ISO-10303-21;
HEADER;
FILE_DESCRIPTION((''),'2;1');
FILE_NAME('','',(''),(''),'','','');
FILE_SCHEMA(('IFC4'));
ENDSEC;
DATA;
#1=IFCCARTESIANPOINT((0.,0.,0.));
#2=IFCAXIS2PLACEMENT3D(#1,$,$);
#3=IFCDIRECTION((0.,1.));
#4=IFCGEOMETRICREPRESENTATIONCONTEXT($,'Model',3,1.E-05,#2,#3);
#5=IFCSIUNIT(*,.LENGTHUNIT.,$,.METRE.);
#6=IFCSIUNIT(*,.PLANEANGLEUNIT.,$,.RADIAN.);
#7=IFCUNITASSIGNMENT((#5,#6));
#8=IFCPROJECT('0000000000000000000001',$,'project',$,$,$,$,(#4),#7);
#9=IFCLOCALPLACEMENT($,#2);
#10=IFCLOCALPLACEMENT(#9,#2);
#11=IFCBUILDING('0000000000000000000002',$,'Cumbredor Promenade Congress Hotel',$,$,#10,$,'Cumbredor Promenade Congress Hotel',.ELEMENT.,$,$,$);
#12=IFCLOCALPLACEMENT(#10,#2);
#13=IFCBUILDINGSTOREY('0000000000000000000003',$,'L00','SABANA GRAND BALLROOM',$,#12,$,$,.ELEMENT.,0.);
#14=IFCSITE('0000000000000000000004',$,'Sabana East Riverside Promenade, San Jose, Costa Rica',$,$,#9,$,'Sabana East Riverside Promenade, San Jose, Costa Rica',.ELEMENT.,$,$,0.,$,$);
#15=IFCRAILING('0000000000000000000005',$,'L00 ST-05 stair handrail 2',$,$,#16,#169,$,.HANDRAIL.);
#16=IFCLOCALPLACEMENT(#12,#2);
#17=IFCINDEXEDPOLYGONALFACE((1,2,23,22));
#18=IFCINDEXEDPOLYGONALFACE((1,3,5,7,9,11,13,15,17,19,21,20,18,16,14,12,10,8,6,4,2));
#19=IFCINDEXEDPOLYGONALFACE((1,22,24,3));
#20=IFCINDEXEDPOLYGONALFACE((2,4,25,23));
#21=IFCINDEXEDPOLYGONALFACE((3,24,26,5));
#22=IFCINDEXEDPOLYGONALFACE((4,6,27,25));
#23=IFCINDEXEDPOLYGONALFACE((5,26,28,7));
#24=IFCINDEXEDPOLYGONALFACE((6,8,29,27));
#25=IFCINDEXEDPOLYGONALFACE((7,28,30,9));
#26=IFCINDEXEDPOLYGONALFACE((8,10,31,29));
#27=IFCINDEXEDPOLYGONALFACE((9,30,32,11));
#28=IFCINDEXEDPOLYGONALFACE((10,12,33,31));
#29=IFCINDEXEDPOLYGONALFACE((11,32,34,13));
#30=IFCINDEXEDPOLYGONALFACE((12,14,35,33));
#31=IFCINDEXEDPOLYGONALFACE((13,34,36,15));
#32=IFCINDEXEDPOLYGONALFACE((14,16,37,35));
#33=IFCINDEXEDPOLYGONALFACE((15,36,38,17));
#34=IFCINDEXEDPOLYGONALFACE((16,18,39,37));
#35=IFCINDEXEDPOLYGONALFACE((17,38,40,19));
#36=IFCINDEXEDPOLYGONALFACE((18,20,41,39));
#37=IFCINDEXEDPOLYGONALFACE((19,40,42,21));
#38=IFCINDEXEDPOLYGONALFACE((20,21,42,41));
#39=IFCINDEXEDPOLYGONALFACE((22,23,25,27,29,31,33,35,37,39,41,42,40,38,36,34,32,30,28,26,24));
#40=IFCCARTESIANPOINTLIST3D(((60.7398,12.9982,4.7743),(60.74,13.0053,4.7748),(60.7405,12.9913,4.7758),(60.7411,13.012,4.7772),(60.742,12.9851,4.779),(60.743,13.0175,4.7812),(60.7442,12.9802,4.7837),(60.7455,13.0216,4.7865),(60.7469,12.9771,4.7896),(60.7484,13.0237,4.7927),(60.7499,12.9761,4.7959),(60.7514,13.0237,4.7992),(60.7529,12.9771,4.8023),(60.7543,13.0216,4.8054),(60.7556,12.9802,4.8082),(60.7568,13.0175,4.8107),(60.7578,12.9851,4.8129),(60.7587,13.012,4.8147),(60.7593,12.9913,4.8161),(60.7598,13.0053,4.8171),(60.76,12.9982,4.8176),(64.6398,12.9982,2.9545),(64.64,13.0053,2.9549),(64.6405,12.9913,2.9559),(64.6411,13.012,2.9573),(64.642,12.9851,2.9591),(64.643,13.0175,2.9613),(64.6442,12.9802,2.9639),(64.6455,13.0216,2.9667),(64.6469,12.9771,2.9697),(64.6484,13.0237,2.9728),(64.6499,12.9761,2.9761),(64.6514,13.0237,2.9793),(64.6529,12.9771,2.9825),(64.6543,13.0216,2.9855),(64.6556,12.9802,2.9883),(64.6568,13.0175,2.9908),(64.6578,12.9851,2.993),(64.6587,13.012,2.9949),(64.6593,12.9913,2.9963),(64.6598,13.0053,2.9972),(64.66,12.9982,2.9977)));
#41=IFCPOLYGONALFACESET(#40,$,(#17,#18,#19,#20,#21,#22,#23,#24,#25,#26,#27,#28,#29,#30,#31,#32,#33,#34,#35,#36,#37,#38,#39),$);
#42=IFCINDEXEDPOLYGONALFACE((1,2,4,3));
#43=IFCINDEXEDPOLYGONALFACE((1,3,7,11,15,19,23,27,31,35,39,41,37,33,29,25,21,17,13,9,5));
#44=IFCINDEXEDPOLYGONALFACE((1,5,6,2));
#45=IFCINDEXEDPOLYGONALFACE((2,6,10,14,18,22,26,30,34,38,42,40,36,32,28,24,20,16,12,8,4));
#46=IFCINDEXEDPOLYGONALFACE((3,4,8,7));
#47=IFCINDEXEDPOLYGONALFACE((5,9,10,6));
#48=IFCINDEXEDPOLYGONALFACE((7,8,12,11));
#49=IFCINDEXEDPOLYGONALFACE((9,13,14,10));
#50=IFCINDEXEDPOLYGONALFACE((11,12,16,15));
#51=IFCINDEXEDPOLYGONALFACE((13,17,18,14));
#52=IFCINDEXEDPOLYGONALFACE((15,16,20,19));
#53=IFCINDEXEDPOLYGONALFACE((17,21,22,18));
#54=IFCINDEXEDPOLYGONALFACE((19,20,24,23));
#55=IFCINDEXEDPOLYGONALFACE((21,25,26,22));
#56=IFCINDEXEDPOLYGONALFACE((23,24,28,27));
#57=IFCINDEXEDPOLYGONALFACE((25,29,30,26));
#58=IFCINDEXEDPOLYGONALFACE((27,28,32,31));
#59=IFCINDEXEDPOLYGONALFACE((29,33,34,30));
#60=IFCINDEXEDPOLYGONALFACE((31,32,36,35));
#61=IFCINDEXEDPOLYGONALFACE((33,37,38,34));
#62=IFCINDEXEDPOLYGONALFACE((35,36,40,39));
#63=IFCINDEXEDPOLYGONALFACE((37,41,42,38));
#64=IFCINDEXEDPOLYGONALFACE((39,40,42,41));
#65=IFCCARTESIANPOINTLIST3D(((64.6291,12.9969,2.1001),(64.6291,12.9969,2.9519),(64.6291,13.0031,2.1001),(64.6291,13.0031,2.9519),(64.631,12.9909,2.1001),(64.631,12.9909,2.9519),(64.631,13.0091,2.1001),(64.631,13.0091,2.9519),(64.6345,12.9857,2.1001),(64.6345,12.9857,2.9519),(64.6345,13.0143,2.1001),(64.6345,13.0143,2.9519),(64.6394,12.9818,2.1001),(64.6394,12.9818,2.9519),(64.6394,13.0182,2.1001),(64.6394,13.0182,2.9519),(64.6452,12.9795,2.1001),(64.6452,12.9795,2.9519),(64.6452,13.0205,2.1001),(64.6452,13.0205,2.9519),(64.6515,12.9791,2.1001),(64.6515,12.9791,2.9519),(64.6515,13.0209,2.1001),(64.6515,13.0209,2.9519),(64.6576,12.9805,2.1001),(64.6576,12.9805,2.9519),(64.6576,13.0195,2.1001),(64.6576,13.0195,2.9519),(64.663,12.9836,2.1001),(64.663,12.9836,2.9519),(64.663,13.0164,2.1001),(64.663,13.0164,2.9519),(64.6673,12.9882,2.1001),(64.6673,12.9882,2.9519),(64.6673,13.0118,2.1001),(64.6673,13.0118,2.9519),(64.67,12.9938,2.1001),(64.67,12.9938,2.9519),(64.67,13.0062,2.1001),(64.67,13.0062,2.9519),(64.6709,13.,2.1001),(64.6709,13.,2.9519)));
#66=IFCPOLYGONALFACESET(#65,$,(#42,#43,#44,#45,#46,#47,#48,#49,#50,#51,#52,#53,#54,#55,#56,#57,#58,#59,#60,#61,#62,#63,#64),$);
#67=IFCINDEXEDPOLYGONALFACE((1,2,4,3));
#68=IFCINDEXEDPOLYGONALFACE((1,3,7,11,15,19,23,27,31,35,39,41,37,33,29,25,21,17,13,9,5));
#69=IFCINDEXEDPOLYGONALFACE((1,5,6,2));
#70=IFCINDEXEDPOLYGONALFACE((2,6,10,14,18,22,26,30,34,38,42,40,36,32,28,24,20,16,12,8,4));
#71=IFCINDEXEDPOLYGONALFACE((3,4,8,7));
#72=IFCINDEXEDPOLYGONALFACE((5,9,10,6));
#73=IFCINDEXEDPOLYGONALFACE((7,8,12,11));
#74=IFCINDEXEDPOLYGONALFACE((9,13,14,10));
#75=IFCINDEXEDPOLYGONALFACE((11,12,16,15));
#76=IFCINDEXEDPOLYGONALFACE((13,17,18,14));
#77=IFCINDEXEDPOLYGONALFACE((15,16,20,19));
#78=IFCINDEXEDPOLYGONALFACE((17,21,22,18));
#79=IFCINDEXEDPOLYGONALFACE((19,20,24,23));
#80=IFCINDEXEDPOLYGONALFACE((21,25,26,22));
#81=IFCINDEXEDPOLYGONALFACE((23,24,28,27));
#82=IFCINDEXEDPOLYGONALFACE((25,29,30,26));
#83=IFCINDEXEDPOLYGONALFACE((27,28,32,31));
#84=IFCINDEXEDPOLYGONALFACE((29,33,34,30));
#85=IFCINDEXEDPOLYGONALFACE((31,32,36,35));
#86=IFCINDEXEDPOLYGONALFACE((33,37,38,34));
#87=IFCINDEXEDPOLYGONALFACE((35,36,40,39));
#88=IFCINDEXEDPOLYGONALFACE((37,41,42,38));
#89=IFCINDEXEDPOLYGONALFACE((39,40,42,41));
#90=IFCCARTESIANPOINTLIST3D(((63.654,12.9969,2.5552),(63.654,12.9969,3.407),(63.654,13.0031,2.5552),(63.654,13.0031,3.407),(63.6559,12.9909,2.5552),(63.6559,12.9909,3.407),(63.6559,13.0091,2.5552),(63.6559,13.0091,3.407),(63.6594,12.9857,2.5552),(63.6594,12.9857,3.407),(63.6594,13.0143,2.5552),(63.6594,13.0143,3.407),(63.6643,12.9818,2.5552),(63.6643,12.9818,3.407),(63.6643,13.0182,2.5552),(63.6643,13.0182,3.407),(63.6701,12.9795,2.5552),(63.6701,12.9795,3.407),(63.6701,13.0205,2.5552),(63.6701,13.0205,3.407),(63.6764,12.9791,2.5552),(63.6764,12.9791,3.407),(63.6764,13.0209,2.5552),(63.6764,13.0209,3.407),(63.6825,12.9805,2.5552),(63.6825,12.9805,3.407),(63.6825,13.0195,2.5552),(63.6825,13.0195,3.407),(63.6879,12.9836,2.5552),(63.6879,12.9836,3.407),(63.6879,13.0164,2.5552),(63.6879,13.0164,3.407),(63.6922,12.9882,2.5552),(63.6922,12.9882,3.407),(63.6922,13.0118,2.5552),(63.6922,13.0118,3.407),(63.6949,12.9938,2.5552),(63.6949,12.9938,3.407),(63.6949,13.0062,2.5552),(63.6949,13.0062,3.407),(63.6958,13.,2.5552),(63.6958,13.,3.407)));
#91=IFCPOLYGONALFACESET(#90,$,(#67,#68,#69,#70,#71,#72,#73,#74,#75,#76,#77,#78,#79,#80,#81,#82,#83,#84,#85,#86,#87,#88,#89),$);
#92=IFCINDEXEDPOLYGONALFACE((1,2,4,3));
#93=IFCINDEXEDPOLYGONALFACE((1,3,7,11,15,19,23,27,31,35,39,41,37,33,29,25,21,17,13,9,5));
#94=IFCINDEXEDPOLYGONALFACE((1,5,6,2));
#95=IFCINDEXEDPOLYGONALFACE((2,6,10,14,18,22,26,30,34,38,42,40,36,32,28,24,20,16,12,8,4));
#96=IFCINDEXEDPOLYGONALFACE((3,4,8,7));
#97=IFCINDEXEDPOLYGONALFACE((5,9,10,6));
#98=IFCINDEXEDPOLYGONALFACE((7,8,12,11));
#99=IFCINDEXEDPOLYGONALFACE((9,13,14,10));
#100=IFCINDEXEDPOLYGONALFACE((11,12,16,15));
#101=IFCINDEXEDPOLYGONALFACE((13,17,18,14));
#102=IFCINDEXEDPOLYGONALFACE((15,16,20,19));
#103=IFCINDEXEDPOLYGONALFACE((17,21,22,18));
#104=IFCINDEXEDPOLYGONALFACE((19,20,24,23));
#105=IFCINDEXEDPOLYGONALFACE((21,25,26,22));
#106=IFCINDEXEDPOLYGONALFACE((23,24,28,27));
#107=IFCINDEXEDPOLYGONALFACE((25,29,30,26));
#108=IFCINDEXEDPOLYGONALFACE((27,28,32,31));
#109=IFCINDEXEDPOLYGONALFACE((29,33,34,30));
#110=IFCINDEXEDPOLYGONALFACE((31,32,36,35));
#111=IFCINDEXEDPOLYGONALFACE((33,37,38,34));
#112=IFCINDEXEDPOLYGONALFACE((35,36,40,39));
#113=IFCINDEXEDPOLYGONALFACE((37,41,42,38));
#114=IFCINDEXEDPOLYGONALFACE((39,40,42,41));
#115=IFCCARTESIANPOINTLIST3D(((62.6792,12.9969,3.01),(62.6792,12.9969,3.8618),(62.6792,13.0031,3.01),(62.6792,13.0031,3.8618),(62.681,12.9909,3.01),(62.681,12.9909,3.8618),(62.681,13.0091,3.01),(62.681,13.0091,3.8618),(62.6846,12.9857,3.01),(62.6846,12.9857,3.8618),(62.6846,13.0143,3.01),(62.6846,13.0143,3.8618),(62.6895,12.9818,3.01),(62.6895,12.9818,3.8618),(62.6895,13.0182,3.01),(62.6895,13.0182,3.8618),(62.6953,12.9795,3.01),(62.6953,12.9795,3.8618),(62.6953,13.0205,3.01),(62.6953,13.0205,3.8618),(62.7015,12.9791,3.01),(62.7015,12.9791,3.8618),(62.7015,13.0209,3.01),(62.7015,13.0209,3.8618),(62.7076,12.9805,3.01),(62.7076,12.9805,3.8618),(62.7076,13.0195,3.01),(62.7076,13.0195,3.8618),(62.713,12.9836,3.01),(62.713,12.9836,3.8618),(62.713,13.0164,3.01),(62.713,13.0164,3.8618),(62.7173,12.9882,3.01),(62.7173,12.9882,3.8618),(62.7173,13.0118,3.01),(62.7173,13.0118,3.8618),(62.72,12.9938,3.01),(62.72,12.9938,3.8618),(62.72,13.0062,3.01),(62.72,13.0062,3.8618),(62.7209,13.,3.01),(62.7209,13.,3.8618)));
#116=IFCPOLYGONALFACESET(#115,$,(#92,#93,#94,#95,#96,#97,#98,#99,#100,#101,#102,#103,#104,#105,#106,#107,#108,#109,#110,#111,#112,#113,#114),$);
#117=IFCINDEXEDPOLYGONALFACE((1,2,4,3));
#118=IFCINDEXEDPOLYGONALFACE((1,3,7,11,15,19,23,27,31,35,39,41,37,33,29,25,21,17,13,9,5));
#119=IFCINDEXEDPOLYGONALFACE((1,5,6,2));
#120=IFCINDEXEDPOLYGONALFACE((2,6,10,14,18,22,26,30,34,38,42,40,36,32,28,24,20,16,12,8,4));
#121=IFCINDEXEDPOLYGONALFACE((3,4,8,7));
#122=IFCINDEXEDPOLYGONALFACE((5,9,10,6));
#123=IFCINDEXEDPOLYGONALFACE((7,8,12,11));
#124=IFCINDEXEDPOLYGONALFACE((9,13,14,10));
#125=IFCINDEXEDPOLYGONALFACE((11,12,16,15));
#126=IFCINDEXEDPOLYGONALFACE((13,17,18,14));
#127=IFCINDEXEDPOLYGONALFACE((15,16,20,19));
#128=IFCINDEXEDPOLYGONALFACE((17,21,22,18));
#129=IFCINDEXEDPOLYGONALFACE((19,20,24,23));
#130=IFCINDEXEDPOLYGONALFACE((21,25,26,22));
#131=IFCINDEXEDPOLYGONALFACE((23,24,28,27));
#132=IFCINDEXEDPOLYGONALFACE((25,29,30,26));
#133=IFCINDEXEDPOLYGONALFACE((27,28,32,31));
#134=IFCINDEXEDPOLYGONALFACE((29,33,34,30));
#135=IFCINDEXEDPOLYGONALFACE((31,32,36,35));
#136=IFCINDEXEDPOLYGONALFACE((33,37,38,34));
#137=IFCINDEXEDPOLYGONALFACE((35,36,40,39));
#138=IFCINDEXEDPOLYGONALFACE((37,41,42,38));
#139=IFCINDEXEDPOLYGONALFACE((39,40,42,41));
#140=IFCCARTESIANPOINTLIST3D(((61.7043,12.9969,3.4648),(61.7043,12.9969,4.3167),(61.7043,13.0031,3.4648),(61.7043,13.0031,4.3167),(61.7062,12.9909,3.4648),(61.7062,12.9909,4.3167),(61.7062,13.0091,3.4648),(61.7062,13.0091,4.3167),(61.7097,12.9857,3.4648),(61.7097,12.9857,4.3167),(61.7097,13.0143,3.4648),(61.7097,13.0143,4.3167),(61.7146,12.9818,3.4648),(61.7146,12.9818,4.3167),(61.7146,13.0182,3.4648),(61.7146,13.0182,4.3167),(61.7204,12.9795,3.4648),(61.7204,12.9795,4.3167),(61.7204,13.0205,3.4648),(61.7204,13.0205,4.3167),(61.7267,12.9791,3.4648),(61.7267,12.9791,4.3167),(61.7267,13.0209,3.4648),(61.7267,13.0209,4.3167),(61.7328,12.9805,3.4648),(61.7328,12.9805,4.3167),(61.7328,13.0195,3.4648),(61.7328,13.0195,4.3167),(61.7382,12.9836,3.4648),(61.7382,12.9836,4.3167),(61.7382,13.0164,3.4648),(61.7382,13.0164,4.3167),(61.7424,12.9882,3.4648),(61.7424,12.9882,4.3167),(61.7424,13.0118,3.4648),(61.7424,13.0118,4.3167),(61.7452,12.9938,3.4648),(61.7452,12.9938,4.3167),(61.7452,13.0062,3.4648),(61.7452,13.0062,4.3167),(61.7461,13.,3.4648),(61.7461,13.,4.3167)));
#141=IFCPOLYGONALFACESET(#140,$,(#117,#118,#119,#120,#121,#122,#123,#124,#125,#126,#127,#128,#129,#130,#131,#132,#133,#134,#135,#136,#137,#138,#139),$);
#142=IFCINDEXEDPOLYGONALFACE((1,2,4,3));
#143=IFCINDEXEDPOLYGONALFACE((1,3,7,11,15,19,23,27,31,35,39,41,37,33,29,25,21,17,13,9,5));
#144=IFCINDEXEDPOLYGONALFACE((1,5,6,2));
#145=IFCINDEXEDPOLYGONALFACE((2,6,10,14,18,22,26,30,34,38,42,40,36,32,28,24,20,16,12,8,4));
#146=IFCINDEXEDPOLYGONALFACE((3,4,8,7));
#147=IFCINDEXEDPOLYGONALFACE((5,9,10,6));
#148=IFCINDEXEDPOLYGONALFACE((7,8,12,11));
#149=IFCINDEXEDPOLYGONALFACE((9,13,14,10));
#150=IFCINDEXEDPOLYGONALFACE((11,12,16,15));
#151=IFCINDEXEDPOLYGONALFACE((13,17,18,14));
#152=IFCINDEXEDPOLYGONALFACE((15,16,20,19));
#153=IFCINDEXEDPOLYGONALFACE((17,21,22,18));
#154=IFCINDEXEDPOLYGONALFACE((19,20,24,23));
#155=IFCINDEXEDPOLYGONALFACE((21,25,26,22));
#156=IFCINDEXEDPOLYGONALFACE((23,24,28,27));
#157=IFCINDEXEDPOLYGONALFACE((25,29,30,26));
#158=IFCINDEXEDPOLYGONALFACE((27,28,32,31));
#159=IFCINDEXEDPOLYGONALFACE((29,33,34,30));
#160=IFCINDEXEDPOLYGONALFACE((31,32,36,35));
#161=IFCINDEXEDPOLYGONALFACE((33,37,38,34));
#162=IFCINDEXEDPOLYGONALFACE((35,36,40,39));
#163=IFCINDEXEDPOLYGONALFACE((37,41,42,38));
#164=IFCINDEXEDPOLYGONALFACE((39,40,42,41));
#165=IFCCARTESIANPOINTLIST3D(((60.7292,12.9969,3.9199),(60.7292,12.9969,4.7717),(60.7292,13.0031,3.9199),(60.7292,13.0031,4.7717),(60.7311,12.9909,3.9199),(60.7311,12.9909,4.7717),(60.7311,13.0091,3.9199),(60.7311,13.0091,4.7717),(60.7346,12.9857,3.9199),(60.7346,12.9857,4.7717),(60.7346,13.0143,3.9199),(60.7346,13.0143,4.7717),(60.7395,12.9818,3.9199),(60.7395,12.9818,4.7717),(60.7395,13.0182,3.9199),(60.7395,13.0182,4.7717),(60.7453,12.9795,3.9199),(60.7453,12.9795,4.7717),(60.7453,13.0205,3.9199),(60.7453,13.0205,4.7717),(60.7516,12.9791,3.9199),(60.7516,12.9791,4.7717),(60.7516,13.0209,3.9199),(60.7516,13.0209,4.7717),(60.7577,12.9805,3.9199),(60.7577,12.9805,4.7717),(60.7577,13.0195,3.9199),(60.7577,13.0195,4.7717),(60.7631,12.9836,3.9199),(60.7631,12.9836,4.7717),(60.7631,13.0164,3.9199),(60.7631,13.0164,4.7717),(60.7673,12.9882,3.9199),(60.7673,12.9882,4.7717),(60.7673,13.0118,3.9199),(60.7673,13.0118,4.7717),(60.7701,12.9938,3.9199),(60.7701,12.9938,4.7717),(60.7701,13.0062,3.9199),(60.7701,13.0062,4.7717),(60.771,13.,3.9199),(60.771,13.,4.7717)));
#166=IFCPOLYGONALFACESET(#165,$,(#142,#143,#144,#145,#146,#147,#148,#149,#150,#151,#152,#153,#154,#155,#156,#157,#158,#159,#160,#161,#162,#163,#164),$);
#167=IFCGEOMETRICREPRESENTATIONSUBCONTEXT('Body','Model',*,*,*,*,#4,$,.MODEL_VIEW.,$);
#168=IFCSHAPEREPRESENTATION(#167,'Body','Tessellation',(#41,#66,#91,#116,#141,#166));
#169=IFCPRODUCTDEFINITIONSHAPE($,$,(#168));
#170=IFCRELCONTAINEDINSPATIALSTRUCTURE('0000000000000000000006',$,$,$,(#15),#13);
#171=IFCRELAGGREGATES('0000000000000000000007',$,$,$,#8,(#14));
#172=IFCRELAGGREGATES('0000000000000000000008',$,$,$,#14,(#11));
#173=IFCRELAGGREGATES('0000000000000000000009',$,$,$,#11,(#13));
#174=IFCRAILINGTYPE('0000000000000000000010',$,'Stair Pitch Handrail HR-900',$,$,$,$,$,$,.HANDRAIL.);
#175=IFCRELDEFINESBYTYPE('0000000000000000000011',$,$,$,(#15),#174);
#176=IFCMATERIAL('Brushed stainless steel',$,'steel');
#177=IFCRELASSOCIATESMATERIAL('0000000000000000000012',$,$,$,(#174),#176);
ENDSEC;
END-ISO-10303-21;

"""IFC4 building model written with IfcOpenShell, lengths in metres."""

from ifc_helpers import new_model, si_unit, direction, frame, origin, origin_2d, place, context, subcontext, project, spatial, circle, extrude, material, type_object, element, save


model = new_model("IFC4")

# Units and contexts
model_context = context("Model", 3, precision=1e-05, world=origin(), true_north=direction((0.0, 1.0)))
body_context = subcontext(model_context, "Body", "Model", "MODEL_VIEW")
ifc_project = project(units=[si_unit("LENGTHUNIT", "METRE"), si_unit("PLANEANGLEUNIT", "RADIAN")], contexts=[model_context])

# Site, building, storey
site_placement = place(None, origin())
site = spatial("IfcSite", under=ifc_project, at=site_placement, Name="Sabana East Riverside Promenade, San Jose, Costa Rica", LongName="Sabana East Riverside Promenade, San Jose, Costa Rica", CompositionType="ELEMENT", RefElevation=0.0)
building_placement = place(site_placement, origin())
building = spatial("IfcBuilding", under=site, at=building_placement, Name="Cumbredor Promenade Congress Hotel", LongName="Cumbredor Promenade Congress Hotel", CompositionType="ELEMENT")
storey_placement = place(building_placement, origin())
storey = spatial("IfcBuildingStorey", under=building, at=storey_placement, Name="L00", Description="SABANA GRAND BALLROOM", CompositionType="ELEMENT", Elevation=0.0)

# Railing
ifc_material_1 = material(Name="Brushed stainless steel", Category="steel")
railing_type_1 = type_object("IfcRailingType", Name="Stair Pitch Handrail HR-900", PredefinedType="HANDRAIL", material=ifc_material_1)
railing_1_placement = place(storey_placement, frame((64.6499, 13.0, 2.1001)))
element("IfcRailing", 1, at=railing_1_placement, inside=storey, type_object=railing_type_1, Name="L00 ST-05 stair handrail 2", PredefinedType="HANDRAIL", context=body_context, shape_type="SweptSolid", body=[
    extrude(circle(Radius=0.0239, at=origin_2d()), frame((0.0, 0.0, 0.876), z_axis=(-0.906195, 0.0, 0.422861), x_axis=(0.0, -1.0, 0.0)), (0.0, 0.0, 1.0), 4.3037),
    extrude(circle(Radius=0.021, at=origin_2d()), origin(), (0.0, 0.0, 1.0), 0.8518),
    extrude(circle(Radius=0.021, at=origin_2d()), frame((-0.9751, 0.0, 0.4551)), (0.0, 0.0, 1.0), 0.8518),
    extrude(circle(Radius=0.021, at=origin_2d()), frame((-1.95, 0.0, 0.9099)), (0.0, 0.0, 1.0), 0.8518),
    extrude(circle(Radius=0.021, at=origin_2d()), frame((-2.9248, 0.0, 1.3647)), (0.0, 0.0, 1.0), 0.8518),
    extrude(circle(Radius=0.021, at=origin_2d()), frame((-3.8999, 0.0, 1.8198)), (0.0, 0.0, 1.0), 0.8518),
])

save(model, "model.ifc")
